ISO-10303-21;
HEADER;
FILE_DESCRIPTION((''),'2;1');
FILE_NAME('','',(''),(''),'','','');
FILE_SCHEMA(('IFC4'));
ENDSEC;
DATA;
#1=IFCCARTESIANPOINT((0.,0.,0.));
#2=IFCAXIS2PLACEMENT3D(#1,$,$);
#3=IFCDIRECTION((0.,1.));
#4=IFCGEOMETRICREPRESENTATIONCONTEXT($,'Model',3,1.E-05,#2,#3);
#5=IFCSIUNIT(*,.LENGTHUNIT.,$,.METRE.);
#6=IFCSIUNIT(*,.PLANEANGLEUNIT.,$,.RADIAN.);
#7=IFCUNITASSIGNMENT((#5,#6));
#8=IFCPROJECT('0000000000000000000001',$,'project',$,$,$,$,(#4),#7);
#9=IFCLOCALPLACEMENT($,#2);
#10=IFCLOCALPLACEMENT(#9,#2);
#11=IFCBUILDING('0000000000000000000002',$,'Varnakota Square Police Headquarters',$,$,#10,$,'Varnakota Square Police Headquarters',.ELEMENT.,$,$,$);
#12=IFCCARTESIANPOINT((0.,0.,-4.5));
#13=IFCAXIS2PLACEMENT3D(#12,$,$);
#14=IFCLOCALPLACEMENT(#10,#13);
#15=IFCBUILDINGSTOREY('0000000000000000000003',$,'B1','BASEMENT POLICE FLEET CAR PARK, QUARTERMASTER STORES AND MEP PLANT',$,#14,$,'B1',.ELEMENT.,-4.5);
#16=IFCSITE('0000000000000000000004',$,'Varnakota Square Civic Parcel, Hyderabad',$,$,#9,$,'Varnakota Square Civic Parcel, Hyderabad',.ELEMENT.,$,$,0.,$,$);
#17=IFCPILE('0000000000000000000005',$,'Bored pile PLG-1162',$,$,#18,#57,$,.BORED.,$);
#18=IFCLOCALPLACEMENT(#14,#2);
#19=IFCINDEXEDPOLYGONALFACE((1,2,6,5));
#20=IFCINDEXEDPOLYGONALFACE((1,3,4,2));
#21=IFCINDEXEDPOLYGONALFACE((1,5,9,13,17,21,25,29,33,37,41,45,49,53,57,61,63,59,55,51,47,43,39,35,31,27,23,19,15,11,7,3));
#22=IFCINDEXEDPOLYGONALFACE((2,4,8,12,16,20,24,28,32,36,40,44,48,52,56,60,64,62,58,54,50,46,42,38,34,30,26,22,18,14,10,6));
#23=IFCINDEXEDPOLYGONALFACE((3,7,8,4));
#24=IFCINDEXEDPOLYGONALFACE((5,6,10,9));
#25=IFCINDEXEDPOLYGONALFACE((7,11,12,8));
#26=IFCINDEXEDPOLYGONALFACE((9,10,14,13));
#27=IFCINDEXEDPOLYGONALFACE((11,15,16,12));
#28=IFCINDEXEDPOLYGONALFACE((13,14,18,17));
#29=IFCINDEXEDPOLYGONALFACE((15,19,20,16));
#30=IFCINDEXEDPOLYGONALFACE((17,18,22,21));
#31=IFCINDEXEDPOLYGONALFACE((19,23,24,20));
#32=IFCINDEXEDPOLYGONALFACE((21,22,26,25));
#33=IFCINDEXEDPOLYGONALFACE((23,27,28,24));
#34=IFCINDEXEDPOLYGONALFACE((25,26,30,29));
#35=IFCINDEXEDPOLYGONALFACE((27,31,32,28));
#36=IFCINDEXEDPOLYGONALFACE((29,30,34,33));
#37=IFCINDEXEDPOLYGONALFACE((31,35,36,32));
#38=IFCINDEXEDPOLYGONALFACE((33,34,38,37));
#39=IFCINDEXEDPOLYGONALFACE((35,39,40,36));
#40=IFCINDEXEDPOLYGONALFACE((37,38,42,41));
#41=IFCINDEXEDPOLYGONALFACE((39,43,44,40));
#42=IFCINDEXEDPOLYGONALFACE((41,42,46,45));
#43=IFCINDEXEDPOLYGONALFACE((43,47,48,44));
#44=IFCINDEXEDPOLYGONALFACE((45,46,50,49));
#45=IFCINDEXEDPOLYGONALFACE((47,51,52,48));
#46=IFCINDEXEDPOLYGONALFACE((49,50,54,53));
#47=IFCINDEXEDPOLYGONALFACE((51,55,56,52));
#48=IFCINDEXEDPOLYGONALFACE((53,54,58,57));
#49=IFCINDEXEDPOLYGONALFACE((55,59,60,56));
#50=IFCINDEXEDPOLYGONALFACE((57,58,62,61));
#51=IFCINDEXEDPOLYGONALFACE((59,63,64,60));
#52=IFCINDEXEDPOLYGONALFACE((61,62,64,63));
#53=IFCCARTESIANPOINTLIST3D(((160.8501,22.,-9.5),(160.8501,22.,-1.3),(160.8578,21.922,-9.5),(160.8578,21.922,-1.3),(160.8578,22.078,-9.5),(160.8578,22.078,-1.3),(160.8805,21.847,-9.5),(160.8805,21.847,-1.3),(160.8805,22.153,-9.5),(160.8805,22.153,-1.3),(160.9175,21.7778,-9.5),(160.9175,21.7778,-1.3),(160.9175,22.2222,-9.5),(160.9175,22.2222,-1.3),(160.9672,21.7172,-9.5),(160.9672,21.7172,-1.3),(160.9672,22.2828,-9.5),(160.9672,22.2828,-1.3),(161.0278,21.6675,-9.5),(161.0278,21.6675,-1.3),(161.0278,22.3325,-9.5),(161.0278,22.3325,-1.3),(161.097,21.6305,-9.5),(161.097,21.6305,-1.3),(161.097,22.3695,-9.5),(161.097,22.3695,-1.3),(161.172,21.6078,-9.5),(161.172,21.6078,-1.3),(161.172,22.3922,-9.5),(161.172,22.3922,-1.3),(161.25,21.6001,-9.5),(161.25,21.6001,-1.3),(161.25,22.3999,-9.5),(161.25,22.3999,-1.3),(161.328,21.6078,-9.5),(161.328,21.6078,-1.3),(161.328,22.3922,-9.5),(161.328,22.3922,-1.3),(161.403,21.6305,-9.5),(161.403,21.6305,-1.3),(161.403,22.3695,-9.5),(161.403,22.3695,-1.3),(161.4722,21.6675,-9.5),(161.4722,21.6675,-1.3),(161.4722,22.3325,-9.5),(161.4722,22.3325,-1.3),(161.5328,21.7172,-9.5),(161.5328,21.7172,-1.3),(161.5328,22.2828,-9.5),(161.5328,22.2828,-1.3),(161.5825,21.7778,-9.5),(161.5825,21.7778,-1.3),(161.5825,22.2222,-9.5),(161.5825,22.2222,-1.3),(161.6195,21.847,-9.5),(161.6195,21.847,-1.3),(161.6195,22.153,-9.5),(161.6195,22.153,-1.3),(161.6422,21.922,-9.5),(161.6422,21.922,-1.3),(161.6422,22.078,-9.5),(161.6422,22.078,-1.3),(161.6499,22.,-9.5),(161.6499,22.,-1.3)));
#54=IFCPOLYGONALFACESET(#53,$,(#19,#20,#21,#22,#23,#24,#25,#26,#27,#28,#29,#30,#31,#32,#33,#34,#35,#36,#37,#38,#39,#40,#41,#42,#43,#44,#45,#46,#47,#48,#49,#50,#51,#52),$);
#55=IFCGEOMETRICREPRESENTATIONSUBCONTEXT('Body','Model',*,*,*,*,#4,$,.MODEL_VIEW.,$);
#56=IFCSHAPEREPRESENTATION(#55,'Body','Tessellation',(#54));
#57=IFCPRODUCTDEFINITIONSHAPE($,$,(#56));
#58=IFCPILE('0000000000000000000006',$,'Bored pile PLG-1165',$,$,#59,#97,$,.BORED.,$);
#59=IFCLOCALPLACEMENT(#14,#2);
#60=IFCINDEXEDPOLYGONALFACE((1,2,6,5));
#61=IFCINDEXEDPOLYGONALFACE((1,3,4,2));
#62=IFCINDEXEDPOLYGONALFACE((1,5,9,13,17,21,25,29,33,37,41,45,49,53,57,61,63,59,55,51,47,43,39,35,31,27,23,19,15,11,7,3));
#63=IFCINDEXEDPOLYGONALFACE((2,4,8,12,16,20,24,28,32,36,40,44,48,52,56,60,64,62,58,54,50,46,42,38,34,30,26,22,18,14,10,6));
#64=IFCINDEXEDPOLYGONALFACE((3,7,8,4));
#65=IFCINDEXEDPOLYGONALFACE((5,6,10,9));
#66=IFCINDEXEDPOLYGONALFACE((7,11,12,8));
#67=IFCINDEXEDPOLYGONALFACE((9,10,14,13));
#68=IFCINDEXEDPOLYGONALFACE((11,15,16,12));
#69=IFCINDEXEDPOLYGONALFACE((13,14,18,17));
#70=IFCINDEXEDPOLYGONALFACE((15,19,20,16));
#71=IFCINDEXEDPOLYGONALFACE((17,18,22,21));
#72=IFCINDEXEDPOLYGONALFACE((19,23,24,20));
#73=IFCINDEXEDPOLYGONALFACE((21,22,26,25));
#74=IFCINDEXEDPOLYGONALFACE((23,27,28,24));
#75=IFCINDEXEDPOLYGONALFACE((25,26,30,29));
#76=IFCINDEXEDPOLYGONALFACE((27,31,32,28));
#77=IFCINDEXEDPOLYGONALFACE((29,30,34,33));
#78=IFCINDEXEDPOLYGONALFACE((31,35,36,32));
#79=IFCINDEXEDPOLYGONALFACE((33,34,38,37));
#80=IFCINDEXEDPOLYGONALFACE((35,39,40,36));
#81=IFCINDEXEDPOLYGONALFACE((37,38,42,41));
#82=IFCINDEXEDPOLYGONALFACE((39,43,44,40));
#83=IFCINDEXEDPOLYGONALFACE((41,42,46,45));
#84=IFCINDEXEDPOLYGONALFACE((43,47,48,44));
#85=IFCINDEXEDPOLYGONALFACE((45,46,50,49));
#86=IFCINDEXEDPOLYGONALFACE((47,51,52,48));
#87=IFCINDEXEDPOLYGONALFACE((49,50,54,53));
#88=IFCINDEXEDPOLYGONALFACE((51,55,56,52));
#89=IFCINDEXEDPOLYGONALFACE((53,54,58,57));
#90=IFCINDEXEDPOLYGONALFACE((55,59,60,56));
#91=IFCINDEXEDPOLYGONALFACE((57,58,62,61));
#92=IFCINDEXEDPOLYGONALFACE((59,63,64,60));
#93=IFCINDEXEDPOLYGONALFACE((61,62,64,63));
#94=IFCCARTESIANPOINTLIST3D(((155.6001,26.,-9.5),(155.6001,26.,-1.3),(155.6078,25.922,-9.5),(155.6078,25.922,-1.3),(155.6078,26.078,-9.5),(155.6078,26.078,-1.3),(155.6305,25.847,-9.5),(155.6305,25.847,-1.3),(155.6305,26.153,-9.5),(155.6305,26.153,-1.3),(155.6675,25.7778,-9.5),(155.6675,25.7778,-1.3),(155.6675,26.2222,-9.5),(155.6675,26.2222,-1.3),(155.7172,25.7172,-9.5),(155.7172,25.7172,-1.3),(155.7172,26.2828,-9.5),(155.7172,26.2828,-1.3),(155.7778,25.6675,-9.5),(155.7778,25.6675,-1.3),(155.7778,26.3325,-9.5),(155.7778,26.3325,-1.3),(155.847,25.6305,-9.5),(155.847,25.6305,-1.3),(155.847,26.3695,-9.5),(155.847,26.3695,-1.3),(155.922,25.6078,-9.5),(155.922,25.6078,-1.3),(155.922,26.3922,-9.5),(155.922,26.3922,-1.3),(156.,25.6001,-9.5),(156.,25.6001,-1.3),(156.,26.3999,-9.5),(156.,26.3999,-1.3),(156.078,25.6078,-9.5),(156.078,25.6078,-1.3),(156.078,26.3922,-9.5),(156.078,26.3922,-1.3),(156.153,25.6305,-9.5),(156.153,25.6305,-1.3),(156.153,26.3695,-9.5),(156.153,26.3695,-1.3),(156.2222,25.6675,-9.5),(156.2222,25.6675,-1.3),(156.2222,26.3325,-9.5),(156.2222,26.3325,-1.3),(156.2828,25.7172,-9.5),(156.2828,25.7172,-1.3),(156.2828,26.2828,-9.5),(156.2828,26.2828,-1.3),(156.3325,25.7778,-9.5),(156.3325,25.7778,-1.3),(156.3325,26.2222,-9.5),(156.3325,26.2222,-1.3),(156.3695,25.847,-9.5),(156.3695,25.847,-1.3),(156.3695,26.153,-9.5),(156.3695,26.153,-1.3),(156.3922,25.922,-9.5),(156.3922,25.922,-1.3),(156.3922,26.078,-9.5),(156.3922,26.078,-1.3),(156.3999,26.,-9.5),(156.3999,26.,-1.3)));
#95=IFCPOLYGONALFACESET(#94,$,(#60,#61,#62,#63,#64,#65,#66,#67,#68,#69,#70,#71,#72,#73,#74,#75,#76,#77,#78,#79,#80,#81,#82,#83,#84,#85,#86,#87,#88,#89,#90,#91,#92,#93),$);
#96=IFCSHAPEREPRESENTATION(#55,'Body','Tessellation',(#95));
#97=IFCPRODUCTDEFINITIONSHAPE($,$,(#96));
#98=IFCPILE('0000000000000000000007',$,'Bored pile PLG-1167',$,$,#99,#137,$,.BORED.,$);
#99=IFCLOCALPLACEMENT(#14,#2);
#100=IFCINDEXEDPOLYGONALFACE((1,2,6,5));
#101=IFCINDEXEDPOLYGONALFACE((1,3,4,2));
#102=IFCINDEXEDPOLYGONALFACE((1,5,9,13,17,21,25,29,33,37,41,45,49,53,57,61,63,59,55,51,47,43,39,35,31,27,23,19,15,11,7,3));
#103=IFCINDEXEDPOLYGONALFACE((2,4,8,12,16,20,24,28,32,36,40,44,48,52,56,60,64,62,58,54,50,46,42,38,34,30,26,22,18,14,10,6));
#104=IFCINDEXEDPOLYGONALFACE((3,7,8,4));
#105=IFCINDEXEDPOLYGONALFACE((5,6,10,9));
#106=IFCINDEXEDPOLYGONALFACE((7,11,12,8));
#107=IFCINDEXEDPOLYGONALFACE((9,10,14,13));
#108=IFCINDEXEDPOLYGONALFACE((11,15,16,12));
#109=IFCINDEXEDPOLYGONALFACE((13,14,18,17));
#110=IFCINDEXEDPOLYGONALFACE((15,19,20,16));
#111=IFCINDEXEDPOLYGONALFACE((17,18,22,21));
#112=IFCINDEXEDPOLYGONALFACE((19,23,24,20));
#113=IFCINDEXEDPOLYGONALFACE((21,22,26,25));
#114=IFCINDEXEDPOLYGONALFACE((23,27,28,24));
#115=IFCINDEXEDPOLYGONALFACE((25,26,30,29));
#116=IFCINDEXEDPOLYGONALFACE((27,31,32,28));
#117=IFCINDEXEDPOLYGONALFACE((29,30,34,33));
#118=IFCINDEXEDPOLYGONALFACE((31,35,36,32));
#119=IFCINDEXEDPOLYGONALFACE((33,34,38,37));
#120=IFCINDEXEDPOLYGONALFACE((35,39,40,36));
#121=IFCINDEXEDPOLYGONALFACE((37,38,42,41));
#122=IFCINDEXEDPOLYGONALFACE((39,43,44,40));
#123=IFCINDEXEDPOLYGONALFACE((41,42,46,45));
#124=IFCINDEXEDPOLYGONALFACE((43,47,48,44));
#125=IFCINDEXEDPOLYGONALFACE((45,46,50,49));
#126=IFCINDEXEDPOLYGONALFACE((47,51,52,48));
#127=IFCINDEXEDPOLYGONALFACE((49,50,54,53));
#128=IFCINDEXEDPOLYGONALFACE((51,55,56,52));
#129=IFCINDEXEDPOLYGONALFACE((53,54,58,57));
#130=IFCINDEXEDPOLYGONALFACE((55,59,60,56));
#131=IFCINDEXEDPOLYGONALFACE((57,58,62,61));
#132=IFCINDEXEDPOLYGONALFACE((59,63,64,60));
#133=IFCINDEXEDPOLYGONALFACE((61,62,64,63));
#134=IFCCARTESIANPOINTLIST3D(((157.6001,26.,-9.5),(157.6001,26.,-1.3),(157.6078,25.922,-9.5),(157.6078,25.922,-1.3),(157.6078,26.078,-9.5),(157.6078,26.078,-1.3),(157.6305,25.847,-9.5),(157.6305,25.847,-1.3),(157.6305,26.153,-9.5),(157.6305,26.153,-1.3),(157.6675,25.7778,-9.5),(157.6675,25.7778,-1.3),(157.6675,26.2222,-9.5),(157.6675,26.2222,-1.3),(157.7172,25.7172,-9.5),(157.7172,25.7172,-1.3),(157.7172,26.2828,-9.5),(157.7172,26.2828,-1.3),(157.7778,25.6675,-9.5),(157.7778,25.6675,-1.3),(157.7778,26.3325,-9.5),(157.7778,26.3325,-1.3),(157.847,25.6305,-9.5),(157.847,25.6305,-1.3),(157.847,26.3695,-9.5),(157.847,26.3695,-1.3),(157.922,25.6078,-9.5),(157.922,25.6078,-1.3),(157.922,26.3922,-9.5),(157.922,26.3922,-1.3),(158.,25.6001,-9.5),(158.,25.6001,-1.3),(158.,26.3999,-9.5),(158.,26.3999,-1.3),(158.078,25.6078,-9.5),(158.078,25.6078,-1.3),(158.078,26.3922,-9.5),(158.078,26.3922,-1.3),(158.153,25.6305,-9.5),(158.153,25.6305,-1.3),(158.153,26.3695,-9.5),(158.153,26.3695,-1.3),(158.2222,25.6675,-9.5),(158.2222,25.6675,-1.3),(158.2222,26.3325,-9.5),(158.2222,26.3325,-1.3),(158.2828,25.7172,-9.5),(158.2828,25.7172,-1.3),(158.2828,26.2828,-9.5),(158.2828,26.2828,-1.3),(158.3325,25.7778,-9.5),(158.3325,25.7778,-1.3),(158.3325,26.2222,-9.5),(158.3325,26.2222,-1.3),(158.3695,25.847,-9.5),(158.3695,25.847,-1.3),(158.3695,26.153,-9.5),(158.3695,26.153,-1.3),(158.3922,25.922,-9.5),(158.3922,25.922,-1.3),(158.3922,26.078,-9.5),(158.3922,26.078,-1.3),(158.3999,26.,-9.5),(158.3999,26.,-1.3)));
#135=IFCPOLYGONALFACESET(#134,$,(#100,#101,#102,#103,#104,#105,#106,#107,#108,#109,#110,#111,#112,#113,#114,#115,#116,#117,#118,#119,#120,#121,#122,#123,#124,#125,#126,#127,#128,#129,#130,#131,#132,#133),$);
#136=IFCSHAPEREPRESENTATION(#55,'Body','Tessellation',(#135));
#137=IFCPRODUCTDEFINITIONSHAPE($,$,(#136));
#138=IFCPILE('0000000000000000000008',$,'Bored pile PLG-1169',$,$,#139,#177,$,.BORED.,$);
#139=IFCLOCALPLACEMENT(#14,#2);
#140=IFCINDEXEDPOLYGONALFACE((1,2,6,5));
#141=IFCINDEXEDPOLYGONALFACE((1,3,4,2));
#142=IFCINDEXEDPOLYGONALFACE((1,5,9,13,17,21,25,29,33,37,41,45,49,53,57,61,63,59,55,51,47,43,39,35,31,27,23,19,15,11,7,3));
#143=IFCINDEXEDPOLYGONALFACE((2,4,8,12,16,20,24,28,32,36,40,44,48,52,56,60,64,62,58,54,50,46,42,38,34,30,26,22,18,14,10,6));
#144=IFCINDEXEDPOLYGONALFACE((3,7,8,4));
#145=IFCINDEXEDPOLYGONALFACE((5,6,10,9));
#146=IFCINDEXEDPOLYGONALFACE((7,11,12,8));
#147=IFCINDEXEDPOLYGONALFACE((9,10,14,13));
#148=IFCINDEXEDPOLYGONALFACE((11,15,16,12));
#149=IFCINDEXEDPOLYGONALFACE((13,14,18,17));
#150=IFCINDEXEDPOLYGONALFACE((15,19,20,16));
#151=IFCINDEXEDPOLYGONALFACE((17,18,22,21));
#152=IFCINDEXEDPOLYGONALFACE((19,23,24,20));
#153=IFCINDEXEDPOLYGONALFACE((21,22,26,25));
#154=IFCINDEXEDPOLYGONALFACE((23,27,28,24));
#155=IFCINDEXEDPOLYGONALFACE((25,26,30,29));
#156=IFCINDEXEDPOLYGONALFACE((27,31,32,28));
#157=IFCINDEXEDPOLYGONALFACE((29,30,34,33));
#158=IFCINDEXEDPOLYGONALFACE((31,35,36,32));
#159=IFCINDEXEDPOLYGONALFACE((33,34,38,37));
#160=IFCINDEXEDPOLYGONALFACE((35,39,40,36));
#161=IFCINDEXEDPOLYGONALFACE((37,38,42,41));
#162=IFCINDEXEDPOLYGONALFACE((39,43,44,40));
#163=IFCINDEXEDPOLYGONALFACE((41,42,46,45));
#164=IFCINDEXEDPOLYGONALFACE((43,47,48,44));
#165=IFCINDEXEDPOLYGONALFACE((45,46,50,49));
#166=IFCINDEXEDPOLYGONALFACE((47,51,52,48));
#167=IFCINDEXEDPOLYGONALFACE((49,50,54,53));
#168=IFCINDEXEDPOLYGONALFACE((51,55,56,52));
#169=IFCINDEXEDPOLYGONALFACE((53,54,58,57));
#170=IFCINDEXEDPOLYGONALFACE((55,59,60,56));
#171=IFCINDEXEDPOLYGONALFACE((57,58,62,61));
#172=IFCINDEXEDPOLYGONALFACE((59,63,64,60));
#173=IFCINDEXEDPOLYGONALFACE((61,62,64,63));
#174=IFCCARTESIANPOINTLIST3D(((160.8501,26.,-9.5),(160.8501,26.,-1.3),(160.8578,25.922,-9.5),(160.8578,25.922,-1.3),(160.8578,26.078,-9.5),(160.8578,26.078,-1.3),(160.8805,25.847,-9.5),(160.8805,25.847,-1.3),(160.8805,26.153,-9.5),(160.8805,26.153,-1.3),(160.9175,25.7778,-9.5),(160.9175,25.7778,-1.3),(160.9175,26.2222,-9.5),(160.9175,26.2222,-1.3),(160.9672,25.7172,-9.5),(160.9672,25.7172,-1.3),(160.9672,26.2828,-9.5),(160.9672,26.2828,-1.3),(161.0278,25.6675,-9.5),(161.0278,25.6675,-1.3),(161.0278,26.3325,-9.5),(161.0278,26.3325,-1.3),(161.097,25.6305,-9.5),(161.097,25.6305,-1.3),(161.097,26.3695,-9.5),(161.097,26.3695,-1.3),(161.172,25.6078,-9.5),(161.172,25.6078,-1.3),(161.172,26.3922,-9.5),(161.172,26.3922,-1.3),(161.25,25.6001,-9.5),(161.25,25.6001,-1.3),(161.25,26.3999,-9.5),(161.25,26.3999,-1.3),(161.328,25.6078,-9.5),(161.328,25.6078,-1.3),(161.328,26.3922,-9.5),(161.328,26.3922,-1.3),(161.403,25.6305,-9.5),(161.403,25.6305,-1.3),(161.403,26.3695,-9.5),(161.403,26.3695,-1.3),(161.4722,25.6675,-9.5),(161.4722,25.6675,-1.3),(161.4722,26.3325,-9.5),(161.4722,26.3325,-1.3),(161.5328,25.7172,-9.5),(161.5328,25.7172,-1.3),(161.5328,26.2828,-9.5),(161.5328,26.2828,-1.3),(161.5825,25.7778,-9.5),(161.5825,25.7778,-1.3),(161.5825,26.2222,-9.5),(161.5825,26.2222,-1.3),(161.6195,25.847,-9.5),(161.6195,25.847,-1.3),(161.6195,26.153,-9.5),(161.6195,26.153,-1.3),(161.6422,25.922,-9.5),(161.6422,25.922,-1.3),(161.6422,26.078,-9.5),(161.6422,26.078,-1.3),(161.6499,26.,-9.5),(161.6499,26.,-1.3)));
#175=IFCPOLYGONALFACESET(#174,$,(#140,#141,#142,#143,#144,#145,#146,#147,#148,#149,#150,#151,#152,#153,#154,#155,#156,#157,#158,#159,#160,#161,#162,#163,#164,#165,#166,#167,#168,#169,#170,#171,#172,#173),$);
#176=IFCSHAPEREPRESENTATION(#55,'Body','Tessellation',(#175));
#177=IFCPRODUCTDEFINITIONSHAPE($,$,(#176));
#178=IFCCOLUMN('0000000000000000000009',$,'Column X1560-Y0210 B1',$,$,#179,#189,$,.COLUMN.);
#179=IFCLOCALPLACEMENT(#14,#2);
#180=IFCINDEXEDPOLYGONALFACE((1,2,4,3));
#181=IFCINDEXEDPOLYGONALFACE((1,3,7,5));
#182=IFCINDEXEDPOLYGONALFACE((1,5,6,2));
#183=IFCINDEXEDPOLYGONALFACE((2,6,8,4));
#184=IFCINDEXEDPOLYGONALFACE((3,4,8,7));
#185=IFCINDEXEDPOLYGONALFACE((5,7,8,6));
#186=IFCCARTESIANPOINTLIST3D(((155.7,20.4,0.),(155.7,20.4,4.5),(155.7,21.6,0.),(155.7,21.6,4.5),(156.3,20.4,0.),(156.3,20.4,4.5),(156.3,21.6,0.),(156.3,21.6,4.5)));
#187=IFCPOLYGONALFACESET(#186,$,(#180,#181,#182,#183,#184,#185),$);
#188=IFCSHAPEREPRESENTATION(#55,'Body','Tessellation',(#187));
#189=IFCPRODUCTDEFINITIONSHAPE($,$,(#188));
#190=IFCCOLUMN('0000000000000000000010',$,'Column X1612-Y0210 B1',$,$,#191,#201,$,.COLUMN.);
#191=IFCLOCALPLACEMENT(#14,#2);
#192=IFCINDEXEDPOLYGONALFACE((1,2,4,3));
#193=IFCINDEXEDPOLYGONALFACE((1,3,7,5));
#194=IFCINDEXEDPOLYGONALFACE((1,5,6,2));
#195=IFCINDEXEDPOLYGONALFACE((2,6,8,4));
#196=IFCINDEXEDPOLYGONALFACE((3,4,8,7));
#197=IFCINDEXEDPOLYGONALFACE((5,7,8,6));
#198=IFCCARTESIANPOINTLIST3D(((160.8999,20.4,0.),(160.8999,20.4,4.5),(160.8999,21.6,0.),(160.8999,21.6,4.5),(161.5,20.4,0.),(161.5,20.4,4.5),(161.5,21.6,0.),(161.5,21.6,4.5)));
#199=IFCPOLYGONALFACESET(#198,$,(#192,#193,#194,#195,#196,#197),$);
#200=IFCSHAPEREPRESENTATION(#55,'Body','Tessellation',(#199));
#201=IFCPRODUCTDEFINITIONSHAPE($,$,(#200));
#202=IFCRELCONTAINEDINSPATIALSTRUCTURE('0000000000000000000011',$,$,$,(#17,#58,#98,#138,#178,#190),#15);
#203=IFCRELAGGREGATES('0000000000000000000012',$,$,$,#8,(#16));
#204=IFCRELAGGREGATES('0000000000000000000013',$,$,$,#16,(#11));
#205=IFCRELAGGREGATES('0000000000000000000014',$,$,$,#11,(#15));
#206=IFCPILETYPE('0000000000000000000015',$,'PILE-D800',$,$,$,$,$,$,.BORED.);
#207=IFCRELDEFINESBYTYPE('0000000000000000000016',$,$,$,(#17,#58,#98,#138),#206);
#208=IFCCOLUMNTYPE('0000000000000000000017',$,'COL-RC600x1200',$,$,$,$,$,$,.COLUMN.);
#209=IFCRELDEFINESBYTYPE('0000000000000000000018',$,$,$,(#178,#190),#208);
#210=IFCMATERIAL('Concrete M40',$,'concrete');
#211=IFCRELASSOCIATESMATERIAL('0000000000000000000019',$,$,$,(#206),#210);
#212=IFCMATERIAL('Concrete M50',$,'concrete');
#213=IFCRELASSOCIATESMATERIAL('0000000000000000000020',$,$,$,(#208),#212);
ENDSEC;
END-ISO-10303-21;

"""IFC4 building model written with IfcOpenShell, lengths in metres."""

from ifc_helpers import new_model, si_unit, direction, frame, origin, origin_2d, place, context, subcontext, project, spatial, rectangle, circle, extrude, material, material_profile, profile_set, type_object, element, save


model = new_model("IFC4")

# Units and contexts
model_context = context("Model", 3, precision=1e-05, world=origin(), true_north=direction((0.0, 1.0)))
body_context = subcontext(model_context, "Body", "Model", "MODEL_VIEW")
ifc_project = project(units=[si_unit("LENGTHUNIT", "METRE"), si_unit("PLANEANGLEUNIT", "RADIAN")], contexts=[model_context])

# Site, building, storey
site_placement = place(None, origin())
site = spatial("IfcSite", under=ifc_project, at=site_placement, Name="Varnakota Square Civic Parcel, Hyderabad", LongName="Varnakota Square Civic Parcel, Hyderabad", CompositionType="ELEMENT", RefElevation=0.0)
building_placement = place(site_placement, origin())
building = spatial("IfcBuilding", under=site, at=building_placement, Name="Varnakota Square Police Headquarters", LongName="Varnakota Square Police Headquarters", CompositionType="ELEMENT")
storey_placement = place(building_placement, frame((0.0, 0.0, -4.5)))
storey = spatial("IfcBuildingStorey", under=building, at=storey_placement, Name="B1", Description="BASEMENT POLICE FLEET CAR PARK, QUARTERMASTER STORES AND MEP PLANT", LongName="B1", CompositionType="ELEMENT", Elevation=-4.5)

# Shared definitions
ifc_material_1 = material(Name="Concrete M40", Category="concrete")
ifc_material_2 = material(Name="Concrete M50", Category="concrete")

# Piles
ifc_material_profile_1 = material_profile(ifc_material_1, circle(Radius=0.3999, at=origin_2d()), Name="BORED PILE 800")
ifc_profile_set_1 = profile_set([ifc_material_profile_1], Name="Concrete M40")
pile_type = type_object("IfcPileType", Name="PILE-D800", PredefinedType="BORED", material=ifc_profile_set_1)
for number, where, z_axis, x_axis, name in (
    (1, (161.25, 22.0, -1.3), (0.0, 0.0, -1.0), (1.0, 0.0, 0.0), "Bored pile PLG-1162"),
    (2, (156.0, 26.0, -1.3), (0.0, 0.0, -1.0), (1.0, 0.0, 0.0), "Bored pile PLG-1165"),
    (3, (158.0, 26.0, -1.3), (0.0, 0.0, -1.0), (1.0, 0.0, 0.0), "Bored pile PLG-1167"),
    (4, (161.25, 26.0, -1.3), (0.0, 0.0, -1.0), (1.0, 0.0, 0.0), "Bored pile PLG-1169"),
):
    element("IfcPile", number, at=place(storey_placement, frame(where, z_axis=z_axis, x_axis=x_axis)), inside=storey, type_object=pile_type, Name=name, PredefinedType="BORED", context=body_context, shape_type="SweptSolid", body=[
        extrude(circle(Radius=0.3999, at=origin_2d()), origin(), (0.0, 0.0, 1.0), 8.2),
    ])

# Columns
ifc_material_profile_2 = material_profile(ifc_material_2, rectangle(XDim=0.6001, YDim=1.2, at=origin_2d()), Name="RC 600x1200")
ifc_profile_set_2 = profile_set([ifc_material_profile_2], Name="Concrete M50")
column_type_1 = type_object("IfcColumnType", Name="COL-RC600x1200", PredefinedType="COLUMN", material=ifc_profile_set_2)
for number, where, z_axis, x_axis, name in (
    (5, (156.0, 21.0, 0.0), (0.0, 0.0, 1.0), (1.0, 0.0, 0.0), "Column X1560-Y0210 B1"),
    (6, (161.2, 21.0, 0.0), (0.0, 0.0, 1.0), (1.0, 0.0, 0.0), "Column X1612-Y0210 B1"),
):
    element("IfcColumn", number, at=place(storey_placement, frame(where, z_axis=z_axis, x_axis=x_axis)), inside=storey, type_object=column_type_1, Name=name, PredefinedType="COLUMN", context=body_context, shape_type="SweptSolid", body=[
        extrude(rectangle(XDim=0.6001, YDim=1.2, at=origin_2d()), origin(), (0.0, 0.0, 1.0), 4.5),
    ])

save(model, "model.ifc")
